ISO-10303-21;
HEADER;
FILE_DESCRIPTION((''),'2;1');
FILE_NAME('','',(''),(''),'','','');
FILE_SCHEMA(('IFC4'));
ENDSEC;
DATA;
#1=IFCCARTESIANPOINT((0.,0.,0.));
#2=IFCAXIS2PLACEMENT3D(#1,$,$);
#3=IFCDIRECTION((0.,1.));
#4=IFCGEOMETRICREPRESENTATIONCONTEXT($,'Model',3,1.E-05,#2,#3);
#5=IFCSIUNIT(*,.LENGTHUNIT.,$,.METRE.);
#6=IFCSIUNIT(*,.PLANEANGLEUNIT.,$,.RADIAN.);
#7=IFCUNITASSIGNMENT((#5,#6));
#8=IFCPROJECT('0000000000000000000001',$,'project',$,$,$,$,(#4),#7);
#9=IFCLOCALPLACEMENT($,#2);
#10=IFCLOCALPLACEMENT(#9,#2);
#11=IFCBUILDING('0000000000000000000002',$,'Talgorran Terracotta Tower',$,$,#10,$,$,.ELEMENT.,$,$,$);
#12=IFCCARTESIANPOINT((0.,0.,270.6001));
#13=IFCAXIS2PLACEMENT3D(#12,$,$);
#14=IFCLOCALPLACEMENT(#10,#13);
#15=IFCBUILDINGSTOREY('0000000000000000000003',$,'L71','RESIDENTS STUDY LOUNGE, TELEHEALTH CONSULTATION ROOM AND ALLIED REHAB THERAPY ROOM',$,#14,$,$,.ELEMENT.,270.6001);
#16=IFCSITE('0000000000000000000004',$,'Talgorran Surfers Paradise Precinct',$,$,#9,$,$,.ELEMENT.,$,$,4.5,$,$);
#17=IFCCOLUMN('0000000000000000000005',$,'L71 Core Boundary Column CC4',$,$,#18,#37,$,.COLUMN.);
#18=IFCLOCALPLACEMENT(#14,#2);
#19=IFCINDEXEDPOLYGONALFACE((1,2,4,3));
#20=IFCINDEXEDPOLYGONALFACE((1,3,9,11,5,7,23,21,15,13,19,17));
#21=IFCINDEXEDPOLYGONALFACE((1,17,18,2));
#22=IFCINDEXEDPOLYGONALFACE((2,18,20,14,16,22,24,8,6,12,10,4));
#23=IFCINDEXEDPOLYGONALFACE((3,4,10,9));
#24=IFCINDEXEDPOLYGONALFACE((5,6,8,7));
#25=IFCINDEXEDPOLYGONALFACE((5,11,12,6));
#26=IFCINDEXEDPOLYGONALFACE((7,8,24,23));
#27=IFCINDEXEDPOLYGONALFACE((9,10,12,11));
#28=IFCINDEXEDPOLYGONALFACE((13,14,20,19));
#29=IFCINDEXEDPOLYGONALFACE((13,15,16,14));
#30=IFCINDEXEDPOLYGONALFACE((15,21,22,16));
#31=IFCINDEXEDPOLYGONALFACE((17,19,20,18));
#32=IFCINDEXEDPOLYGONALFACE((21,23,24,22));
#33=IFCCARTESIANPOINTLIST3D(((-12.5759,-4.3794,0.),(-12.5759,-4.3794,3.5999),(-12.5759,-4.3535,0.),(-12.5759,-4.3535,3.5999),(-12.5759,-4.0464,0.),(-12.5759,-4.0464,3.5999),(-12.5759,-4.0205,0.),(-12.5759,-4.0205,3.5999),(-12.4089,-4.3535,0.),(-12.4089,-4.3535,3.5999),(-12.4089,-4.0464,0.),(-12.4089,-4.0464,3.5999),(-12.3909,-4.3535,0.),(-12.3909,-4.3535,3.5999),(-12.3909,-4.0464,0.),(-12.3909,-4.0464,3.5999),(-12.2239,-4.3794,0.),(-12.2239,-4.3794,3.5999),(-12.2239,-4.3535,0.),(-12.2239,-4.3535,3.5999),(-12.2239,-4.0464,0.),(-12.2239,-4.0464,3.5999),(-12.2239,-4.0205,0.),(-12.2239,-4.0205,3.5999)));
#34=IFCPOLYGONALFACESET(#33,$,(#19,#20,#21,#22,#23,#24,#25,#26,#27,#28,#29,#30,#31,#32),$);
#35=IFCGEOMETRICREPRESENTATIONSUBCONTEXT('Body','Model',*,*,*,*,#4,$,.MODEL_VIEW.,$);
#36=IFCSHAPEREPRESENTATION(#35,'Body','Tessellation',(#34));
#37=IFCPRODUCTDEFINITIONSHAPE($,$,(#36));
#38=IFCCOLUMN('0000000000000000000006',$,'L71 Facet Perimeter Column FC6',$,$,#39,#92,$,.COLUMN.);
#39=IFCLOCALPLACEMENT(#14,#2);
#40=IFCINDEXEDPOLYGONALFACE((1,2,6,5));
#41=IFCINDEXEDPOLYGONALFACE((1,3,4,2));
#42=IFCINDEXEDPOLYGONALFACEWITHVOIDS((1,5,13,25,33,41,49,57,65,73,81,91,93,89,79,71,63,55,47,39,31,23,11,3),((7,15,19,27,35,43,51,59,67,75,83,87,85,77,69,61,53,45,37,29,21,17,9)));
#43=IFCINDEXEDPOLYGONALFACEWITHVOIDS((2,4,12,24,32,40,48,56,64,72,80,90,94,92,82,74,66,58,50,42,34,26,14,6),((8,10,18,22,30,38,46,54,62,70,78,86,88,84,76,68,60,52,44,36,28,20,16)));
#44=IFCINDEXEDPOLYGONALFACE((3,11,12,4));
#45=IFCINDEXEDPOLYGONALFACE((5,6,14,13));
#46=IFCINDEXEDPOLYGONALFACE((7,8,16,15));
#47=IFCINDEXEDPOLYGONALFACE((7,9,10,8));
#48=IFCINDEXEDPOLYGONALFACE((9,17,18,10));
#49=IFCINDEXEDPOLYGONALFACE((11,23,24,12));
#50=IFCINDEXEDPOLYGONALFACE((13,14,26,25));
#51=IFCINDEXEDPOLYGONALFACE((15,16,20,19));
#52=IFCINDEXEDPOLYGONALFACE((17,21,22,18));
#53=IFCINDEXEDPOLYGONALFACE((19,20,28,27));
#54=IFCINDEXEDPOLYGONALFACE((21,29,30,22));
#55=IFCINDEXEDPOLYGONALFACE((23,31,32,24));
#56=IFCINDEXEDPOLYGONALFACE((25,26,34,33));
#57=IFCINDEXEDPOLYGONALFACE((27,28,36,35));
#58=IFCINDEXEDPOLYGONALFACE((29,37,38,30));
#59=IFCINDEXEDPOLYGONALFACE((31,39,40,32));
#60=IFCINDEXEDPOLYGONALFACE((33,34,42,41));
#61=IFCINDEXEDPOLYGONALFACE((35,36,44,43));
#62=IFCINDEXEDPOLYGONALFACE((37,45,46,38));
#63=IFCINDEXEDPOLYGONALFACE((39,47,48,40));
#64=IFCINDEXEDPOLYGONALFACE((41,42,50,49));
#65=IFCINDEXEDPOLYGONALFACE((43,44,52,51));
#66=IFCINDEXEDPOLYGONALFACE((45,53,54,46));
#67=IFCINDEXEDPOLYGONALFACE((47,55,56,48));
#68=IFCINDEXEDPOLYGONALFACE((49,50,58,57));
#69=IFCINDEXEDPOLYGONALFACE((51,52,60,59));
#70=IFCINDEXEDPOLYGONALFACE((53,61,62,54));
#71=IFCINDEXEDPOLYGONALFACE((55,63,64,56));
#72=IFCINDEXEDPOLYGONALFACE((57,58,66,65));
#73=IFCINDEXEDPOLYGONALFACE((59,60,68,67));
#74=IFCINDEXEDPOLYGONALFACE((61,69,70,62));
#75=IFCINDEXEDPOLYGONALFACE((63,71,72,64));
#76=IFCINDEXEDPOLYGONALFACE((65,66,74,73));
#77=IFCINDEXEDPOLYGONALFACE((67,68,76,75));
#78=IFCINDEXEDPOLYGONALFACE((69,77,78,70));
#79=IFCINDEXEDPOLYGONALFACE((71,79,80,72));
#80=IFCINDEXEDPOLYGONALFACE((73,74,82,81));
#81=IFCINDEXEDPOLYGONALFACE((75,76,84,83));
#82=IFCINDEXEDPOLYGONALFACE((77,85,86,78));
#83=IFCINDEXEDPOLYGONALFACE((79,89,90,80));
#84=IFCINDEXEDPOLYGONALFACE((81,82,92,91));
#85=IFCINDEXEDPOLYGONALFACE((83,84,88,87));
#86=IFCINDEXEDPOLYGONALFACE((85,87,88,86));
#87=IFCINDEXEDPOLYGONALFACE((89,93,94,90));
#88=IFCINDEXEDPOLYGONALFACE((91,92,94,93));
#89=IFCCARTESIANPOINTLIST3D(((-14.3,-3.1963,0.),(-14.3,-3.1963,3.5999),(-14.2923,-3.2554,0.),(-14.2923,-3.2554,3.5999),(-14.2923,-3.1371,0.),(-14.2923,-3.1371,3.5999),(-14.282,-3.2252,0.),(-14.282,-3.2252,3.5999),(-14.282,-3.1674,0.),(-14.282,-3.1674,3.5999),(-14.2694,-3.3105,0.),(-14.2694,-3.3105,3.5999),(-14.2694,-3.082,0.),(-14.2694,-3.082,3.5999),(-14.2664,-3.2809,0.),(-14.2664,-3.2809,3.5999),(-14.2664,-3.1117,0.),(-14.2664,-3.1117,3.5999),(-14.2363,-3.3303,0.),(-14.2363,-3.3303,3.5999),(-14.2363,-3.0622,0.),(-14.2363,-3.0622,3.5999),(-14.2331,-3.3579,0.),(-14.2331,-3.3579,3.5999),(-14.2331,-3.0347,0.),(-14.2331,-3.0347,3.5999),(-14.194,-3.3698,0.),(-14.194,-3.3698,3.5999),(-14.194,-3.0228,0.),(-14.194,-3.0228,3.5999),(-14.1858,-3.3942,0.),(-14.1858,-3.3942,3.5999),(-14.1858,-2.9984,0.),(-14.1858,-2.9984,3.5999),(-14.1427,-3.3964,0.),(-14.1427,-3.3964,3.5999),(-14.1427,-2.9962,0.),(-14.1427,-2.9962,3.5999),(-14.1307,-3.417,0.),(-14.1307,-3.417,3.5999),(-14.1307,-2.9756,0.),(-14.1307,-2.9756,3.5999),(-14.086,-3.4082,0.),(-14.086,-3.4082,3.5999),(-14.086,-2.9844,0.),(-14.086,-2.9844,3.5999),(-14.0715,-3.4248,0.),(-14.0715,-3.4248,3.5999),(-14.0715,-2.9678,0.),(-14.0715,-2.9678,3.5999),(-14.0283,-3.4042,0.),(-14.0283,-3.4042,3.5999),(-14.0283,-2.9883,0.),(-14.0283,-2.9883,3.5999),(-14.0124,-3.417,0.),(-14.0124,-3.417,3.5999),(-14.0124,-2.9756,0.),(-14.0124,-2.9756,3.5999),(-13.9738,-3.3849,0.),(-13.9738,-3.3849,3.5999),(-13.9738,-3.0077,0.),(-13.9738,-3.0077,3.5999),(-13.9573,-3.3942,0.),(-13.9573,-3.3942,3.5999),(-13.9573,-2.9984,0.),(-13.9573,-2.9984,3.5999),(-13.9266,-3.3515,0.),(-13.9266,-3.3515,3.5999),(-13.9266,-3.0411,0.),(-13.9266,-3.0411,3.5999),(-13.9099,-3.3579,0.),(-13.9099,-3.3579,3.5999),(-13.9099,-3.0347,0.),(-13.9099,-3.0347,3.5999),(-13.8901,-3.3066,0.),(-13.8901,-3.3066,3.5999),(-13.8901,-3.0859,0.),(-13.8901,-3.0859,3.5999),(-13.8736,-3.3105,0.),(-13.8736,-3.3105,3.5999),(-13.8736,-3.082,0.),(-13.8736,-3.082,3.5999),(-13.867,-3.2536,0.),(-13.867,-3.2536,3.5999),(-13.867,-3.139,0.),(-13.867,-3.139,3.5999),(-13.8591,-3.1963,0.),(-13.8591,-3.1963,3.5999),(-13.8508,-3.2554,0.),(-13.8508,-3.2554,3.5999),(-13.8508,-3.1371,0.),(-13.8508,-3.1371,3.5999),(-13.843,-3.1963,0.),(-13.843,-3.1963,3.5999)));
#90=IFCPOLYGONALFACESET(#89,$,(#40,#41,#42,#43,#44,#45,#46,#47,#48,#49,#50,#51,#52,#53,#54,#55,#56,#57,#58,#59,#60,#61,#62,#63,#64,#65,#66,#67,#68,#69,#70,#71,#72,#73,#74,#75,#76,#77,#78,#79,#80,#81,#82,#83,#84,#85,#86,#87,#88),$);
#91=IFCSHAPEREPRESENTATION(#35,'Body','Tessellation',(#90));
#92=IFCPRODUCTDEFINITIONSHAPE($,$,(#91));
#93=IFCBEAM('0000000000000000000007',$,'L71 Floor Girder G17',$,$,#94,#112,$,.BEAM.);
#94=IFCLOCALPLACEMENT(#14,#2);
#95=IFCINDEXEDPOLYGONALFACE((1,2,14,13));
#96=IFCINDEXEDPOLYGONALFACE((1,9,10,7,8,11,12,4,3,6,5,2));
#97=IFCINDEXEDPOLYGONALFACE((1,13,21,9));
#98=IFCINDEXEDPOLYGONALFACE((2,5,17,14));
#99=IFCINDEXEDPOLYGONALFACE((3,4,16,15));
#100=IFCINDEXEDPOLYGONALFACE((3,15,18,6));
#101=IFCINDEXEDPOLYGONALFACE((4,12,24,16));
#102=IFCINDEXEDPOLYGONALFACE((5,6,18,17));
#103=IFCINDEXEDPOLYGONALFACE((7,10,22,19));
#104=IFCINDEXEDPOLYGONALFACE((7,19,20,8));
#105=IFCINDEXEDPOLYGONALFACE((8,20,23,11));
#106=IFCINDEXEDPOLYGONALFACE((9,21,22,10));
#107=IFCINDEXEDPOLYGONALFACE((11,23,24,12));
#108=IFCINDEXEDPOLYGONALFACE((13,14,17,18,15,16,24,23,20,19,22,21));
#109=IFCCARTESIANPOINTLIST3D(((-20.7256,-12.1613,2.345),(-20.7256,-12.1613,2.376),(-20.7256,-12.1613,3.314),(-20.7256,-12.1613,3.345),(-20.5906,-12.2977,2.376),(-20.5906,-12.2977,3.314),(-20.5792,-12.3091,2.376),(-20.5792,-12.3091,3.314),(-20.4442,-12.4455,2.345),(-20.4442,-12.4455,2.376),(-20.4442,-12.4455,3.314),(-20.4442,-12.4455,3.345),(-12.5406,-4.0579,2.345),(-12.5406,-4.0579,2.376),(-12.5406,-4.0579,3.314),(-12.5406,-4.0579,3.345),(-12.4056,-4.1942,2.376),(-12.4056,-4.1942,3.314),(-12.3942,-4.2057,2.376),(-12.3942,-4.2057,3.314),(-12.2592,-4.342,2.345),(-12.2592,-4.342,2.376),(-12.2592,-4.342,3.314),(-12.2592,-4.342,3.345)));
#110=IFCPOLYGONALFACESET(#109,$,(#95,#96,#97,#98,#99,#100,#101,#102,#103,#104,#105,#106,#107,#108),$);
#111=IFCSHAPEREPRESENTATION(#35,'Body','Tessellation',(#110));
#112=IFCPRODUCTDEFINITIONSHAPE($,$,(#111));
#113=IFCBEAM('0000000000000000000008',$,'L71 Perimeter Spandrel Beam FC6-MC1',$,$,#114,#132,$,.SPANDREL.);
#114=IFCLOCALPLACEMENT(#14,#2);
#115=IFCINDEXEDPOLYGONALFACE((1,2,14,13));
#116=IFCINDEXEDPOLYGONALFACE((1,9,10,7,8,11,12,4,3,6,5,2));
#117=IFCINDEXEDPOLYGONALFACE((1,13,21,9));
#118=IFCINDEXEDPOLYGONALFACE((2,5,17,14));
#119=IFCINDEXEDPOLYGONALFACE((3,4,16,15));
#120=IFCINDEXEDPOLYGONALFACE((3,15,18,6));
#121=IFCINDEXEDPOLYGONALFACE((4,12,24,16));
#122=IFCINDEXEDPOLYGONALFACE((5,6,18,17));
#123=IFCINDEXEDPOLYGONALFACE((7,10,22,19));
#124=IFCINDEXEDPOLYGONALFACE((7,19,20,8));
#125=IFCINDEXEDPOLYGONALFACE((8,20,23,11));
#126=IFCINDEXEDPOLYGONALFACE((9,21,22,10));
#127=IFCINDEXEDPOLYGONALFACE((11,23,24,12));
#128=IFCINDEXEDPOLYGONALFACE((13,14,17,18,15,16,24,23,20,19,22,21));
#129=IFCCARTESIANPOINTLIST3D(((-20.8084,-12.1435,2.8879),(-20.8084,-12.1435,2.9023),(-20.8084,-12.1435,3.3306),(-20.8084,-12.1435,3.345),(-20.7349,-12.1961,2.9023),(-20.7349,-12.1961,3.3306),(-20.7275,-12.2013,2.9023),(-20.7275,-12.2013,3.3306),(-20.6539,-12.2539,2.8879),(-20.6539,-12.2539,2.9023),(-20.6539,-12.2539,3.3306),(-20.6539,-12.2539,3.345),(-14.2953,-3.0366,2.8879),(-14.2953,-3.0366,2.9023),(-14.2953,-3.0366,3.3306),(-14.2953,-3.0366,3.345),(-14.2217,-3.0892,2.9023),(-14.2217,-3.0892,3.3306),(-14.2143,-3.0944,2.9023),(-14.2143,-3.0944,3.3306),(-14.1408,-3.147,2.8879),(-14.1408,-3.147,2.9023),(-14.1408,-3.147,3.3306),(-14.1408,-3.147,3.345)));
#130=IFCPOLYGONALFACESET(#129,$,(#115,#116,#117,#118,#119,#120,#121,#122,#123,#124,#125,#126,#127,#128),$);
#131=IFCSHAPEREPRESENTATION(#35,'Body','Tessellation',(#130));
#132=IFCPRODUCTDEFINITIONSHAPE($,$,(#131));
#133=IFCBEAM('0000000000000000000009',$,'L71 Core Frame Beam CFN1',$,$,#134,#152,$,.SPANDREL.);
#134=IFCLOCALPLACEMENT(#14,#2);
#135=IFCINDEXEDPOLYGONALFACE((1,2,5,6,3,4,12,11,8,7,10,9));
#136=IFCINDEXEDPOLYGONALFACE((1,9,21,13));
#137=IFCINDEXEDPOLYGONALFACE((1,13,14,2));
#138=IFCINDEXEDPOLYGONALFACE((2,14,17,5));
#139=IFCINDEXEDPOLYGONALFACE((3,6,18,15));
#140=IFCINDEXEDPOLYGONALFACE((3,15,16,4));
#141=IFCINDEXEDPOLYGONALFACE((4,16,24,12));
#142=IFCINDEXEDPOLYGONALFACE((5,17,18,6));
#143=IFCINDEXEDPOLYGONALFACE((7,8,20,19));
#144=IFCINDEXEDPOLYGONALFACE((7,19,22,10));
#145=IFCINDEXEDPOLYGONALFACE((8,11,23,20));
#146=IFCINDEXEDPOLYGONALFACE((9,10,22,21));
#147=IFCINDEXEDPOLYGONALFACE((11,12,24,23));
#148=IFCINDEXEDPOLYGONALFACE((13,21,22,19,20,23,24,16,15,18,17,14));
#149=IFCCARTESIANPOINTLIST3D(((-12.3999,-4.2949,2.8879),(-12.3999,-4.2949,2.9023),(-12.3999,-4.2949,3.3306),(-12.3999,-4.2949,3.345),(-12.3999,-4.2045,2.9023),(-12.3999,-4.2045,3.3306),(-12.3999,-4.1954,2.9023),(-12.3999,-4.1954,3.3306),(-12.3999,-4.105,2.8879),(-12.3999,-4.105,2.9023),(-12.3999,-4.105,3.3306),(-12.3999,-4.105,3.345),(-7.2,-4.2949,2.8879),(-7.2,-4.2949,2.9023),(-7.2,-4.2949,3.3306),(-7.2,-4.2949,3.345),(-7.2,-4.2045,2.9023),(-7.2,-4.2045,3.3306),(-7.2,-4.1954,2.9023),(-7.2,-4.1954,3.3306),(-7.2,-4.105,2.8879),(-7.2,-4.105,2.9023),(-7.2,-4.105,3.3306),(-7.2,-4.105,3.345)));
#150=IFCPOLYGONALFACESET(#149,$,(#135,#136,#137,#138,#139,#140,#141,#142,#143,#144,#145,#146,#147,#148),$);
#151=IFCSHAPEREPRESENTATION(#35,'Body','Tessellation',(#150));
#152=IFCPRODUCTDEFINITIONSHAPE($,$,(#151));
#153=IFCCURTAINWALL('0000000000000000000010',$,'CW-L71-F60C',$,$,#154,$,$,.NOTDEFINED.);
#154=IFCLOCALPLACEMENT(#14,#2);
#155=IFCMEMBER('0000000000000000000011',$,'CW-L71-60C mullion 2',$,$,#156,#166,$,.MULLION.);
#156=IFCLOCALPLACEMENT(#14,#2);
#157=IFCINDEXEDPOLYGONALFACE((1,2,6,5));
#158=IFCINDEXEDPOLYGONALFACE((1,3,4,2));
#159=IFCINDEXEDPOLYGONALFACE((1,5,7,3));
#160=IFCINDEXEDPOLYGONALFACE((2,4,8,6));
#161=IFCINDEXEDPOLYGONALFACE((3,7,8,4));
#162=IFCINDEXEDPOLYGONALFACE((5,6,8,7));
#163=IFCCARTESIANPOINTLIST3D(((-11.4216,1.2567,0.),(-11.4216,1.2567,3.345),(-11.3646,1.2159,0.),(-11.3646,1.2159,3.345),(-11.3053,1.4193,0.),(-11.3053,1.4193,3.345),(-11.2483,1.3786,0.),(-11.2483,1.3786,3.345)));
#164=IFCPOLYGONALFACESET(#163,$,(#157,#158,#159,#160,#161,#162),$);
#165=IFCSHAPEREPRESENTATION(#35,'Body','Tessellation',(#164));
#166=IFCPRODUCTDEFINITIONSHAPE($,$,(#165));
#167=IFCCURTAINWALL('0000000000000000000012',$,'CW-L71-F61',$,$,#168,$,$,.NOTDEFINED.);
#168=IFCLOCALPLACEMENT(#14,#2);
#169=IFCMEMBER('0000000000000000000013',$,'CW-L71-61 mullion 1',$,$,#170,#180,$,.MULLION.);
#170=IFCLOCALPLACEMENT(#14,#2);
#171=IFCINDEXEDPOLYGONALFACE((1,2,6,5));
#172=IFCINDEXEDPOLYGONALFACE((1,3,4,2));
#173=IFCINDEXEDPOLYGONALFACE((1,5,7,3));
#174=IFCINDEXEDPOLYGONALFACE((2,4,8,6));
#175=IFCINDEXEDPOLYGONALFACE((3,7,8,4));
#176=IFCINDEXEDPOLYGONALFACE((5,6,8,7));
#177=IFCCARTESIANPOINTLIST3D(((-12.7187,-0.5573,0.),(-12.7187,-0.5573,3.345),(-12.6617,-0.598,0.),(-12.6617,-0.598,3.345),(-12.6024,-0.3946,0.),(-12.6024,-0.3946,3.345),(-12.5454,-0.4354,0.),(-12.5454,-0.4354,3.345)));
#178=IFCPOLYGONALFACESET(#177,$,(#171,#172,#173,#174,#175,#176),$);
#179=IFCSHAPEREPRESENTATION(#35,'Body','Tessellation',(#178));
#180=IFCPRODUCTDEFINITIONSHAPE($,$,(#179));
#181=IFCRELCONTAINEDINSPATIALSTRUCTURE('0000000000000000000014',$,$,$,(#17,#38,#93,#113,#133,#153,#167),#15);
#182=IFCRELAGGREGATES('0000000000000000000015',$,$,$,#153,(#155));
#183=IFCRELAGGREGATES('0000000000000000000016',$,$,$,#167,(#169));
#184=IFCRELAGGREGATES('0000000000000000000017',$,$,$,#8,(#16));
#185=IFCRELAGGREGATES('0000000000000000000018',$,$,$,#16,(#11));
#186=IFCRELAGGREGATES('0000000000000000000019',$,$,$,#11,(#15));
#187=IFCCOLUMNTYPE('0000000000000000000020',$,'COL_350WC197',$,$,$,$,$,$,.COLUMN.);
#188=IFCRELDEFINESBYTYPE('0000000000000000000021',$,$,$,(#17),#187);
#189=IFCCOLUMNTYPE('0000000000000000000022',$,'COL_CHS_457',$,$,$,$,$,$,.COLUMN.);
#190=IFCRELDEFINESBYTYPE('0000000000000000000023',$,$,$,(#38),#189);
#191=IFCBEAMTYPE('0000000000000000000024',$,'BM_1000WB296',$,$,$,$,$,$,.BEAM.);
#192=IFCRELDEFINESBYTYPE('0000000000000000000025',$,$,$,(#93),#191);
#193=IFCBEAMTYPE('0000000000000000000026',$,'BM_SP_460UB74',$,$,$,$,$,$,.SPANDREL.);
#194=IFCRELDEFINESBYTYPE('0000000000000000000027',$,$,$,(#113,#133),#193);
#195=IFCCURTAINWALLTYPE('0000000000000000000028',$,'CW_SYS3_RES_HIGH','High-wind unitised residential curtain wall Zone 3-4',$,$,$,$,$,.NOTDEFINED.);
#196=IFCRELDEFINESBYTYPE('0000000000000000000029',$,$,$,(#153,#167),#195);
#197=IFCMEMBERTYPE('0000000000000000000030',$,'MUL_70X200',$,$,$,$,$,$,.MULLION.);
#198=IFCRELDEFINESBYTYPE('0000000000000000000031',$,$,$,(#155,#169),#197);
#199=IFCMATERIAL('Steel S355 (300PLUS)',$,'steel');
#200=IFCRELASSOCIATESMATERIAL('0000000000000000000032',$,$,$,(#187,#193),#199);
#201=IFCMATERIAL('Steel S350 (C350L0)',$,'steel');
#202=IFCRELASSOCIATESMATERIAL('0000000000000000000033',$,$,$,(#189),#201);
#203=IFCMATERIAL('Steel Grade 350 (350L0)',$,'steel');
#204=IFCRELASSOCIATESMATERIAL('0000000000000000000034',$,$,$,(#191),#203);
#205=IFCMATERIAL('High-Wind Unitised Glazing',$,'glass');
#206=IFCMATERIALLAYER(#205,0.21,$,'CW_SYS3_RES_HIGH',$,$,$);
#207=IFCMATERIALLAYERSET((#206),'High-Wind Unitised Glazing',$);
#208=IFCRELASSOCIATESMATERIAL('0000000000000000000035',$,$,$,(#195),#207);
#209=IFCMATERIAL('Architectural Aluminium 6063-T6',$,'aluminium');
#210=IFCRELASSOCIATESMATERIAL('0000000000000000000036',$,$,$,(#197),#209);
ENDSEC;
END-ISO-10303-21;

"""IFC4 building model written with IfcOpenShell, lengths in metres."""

from ifc_helpers import new_model, si_unit, direction, frame, origin, origin_2d, place, context, subcontext, project, spatial, rectangle, hollow_circle, i_section, extrude, material, layer, layer_set, material_profile, profile_set, type_object, element, aggregate, save


model = new_model("IFC4")

# Units and contexts
model_context = context("Model", 3, precision=1e-05, world=origin(), true_north=direction((0.0, 1.0)))
body_context = subcontext(model_context, "Body", "Model", "MODEL_VIEW")
ifc_project = project(units=[si_unit("LENGTHUNIT", "METRE"), si_unit("PLANEANGLEUNIT", "RADIAN")], contexts=[model_context])

# Site, building, storey
site_placement = place(None, origin())
site = spatial("IfcSite", under=ifc_project, at=site_placement, Name="Talgorran Surfers Paradise Precinct", CompositionType="ELEMENT", RefElevation=4.5)
building_placement = place(site_placement, origin())
building = spatial("IfcBuilding", under=site, at=building_placement, Name="Talgorran Terracotta Tower", CompositionType="ELEMENT")
storey_placement = place(building_placement, frame((0.0, 0.0, 270.6001)))
storey = spatial("IfcBuildingStorey", under=building, at=storey_placement, Name="L71", Description="RESIDENTS STUDY LOUNGE, TELEHEALTH CONSULTATION ROOM AND ALLIED REHAB THERAPY ROOM", CompositionType="ELEMENT", Elevation=270.6001)

# Columns
ifc_material_1 = material(Name="Steel S355 (300PLUS)", Category="steel")
ifc_material_profile_1 = material_profile(ifc_material_1, i_section(OverallWidth=0.3521, OverallDepth=0.3589, WebThickness=0.0181, FlangeThickness=0.0259, at=origin_2d()), Name="350WC197")
ifc_profile_set_1 = profile_set([ifc_material_profile_1], Name="Steel S355 (300PLUS)")
column_type_1 = type_object("IfcColumnType", Name="COL_350WC197", PredefinedType="COLUMN", material=ifc_profile_set_1)
column_1_placement = place(storey_placement, frame((-12.3999, -4.2, 0.0), z_axis=(0.0, 0.0, 1.0), x_axis=(1.0, 0.0, 0.0)))
element("IfcColumn", 1, at=column_1_placement, inside=storey, type_object=column_type_1, Name="L71 Core Boundary Column CC4", PredefinedType="COLUMN", context=body_context, shape_type="SweptSolid", body=[
    extrude(i_section(OverallWidth=0.3521, OverallDepth=0.3589, WebThickness=0.0181, FlangeThickness=0.0259, at=origin_2d()), origin(), (0.0, 0.0, 1.0), 3.5999),
])
ifc_material_2 = material(Name="Steel S350 (C350L0)", Category="steel")
ifc_material_profile_2 = material_profile(ifc_material_2, hollow_circle(Radius=0.2285, WallThickness=0.0161, at=origin_2d()), Name="CHS457X16")
ifc_profile_set_2 = profile_set([ifc_material_profile_2], Name="Steel S350 (C350L0)")
column_type_2 = type_object("IfcColumnType", Name="COL_CHS_457", PredefinedType="COLUMN", material=ifc_profile_set_2)
column_2_placement = place(storey_placement, frame((-14.0715, -3.1963, 0.0), z_axis=(0.0, 0.0, 1.0), x_axis=(1.0, 0.0, 0.0)))
element("IfcColumn", 2, at=column_2_placement, inside=storey, type_object=column_type_2, Name="L71 Facet Perimeter Column FC6", PredefinedType="COLUMN", context=body_context, shape_type="SweptSolid", body=[
    extrude(hollow_circle(Radius=0.2285, WallThickness=0.0161, at=origin_2d()), origin(), (0.0, 0.0, 1.0), 3.5999),
])

# Beams
ifc_material_3 = material(Name="Steel Grade 350 (350L0)", Category="steel")
ifc_material_profile_3 = material_profile(ifc_material_3, i_section(OverallWidth=0.3999, OverallDepth=1.0, WebThickness=0.0161, FlangeThickness=0.031, at=origin_2d()), Name="1000WB296")
ifc_profile_set_3 = profile_set([ifc_material_profile_3], Name="Steel Grade 350 (350L0)")
beam_type_1 = type_object("IfcBeamType", Name="BM_1000WB296", PredefinedType="BEAM", material=ifc_profile_set_3)
beam_1_placement = place(storey_placement, frame((-12.3999, -4.2, 2.845), z_axis=(-0.710638, -0.703558, 0.0), x_axis=(0.703558, -0.710638, 0.0)))
element("IfcBeam", 3, at=beam_1_placement, inside=storey, type_object=beam_type_1, Name="L71 Floor Girder G17", PredefinedType="BEAM", context=body_context, shape_type="SweptSolid", body=[
    extrude(i_section(OverallWidth=0.3999, OverallDepth=1.0, WebThickness=0.0161, FlangeThickness=0.031, at=origin_2d()), origin(), (0.0, 0.0, 1.0), 11.5178),
])
ifc_material_profile_4 = material_profile(ifc_material_1, i_section(OverallWidth=0.1899, OverallDepth=0.457, WebThickness=0.009, FlangeThickness=0.0144, at=origin_2d()), Name="460UB74.6")
ifc_profile_set_4 = profile_set([ifc_material_profile_4], Name="Steel S355 (300PLUS)")
beam_type_2 = type_object("IfcBeamType", Name="BM_SP_460UB74", PredefinedType="SPANDREL", material=ifc_profile_set_4)
beam_2_placement = place(storey_placement, frame((-14.218, -3.0918, 3.1165), z_axis=(-0.581725, -0.813386, 0.0), x_axis=(0.813386, -0.581725, 0.0)))
element("IfcBeam", 4, at=beam_2_placement, inside=storey, type_object=beam_type_2, Name="L71 Perimeter Spandrel Beam FC6-MC1", PredefinedType="SPANDREL", context=body_context, shape_type="SweptSolid", body=[
    extrude(i_section(OverallWidth=0.1899, OverallDepth=0.457, WebThickness=0.009, FlangeThickness=0.0144, at=origin_2d()), origin(), (0.0, 0.0, 1.0), 11.1963),
])
beam_3_placement = place(storey_placement, frame((-12.3999, -4.2, 3.1165), z_axis=(1.0, 0.0, 0.0), x_axis=(0.0, 1.0, 0.0)))
element("IfcBeam", 5, at=beam_3_placement, inside=storey, type_object=beam_type_2, Name="L71 Core Frame Beam CFN1", PredefinedType="SPANDREL", context=body_context, shape_type="SweptSolid", body=[
    extrude(i_section(OverallWidth=0.1899, OverallDepth=0.457, WebThickness=0.009, FlangeThickness=0.0144, at=origin_2d()), origin(), (0.0, 0.0, 1.0), 5.2),
])

# Curtain wall, member
ifc_material_4 = material(Name="High-Wind Unitised Glazing", Category="glass")
ifc_layer_1 = layer(ifc_material_4, 0.21, Name="CW_SYS3_RES_HIGH")
ifc_layer_set_1 = layer_set([ifc_layer_1], Name="High-Wind Unitised Glazing")
curtain_wall_type = type_object("IfcCurtainWallType", Name="CW_SYS3_RES_HIGH", Description="High-wind unitised residential curtain wall Zone 3-4", PredefinedType="NOTDEFINED", material=ifc_layer_set_1)
curtain_wall_1_placement = place(storey_placement, origin())
curtain_wall_1 = element("IfcCurtainWall", 6, at=curtain_wall_1_placement, inside=storey, type_object=curtain_wall_type, Name="CW-L71-F60C", PredefinedType="NOTDEFINED")
ifc_material_5 = material(Name="Architectural Aluminium 6063-T6", Category="aluminium")
ifc_material_profile_5 = material_profile(ifc_material_5, rectangle(XDim=0.0701, YDim=0.2, at=origin_2d()), Name="CWM70X200")
ifc_profile_set_5 = profile_set([ifc_material_profile_5], Name="Architectural Aluminium 6063-T6")
member_type_1 = type_object("IfcMemberType", Name="MUL_70X200", PredefinedType="MULLION", material=ifc_profile_set_5)
member_1_placement = place(storey_placement, frame((-11.335, 1.3176, 0.0), z_axis=(0.0, 0.0, 1.0), x_axis=(0.813381, -0.581731, 0.0)))
member_1 = element("IfcMember", 7, at=member_1_placement, type_object=member_type_1, Name="CW-L71-60C mullion 2", PredefinedType="MULLION", context=body_context, shape_type="SweptSolid", body=[
    extrude(rectangle(XDim=0.0701, YDim=0.2, at=origin_2d()), origin(), (0.0, 0.0, 1.0), 3.345),
])
aggregate(curtain_wall_1, [member_1])

# Curtain wall, member
curtain_wall_2_placement = place(storey_placement, origin())
curtain_wall_2 = element("IfcCurtainWall", 8, at=curtain_wall_2_placement, inside=storey, type_object=curtain_wall_type, Name="CW-L71-F61", PredefinedType="NOTDEFINED")
member_2_placement = place(storey_placement, frame((-12.6321, -0.4963, 0.0), z_axis=(0.0, 0.0, 1.0), x_axis=(0.813388, -0.581721, 0.0)))
member_2 = element("IfcMember", 9, at=member_2_placement, type_object=member_type_1, Name="CW-L71-61 mullion 1", PredefinedType="MULLION", context=body_context, shape_type="SweptSolid", body=[
    extrude(rectangle(XDim=0.0701, YDim=0.2, at=origin_2d()), origin(), (0.0, 0.0, 1.0), 3.345),
])

aggregate(curtain_wall_2, [member_2])

save(model, "model.ifc")
